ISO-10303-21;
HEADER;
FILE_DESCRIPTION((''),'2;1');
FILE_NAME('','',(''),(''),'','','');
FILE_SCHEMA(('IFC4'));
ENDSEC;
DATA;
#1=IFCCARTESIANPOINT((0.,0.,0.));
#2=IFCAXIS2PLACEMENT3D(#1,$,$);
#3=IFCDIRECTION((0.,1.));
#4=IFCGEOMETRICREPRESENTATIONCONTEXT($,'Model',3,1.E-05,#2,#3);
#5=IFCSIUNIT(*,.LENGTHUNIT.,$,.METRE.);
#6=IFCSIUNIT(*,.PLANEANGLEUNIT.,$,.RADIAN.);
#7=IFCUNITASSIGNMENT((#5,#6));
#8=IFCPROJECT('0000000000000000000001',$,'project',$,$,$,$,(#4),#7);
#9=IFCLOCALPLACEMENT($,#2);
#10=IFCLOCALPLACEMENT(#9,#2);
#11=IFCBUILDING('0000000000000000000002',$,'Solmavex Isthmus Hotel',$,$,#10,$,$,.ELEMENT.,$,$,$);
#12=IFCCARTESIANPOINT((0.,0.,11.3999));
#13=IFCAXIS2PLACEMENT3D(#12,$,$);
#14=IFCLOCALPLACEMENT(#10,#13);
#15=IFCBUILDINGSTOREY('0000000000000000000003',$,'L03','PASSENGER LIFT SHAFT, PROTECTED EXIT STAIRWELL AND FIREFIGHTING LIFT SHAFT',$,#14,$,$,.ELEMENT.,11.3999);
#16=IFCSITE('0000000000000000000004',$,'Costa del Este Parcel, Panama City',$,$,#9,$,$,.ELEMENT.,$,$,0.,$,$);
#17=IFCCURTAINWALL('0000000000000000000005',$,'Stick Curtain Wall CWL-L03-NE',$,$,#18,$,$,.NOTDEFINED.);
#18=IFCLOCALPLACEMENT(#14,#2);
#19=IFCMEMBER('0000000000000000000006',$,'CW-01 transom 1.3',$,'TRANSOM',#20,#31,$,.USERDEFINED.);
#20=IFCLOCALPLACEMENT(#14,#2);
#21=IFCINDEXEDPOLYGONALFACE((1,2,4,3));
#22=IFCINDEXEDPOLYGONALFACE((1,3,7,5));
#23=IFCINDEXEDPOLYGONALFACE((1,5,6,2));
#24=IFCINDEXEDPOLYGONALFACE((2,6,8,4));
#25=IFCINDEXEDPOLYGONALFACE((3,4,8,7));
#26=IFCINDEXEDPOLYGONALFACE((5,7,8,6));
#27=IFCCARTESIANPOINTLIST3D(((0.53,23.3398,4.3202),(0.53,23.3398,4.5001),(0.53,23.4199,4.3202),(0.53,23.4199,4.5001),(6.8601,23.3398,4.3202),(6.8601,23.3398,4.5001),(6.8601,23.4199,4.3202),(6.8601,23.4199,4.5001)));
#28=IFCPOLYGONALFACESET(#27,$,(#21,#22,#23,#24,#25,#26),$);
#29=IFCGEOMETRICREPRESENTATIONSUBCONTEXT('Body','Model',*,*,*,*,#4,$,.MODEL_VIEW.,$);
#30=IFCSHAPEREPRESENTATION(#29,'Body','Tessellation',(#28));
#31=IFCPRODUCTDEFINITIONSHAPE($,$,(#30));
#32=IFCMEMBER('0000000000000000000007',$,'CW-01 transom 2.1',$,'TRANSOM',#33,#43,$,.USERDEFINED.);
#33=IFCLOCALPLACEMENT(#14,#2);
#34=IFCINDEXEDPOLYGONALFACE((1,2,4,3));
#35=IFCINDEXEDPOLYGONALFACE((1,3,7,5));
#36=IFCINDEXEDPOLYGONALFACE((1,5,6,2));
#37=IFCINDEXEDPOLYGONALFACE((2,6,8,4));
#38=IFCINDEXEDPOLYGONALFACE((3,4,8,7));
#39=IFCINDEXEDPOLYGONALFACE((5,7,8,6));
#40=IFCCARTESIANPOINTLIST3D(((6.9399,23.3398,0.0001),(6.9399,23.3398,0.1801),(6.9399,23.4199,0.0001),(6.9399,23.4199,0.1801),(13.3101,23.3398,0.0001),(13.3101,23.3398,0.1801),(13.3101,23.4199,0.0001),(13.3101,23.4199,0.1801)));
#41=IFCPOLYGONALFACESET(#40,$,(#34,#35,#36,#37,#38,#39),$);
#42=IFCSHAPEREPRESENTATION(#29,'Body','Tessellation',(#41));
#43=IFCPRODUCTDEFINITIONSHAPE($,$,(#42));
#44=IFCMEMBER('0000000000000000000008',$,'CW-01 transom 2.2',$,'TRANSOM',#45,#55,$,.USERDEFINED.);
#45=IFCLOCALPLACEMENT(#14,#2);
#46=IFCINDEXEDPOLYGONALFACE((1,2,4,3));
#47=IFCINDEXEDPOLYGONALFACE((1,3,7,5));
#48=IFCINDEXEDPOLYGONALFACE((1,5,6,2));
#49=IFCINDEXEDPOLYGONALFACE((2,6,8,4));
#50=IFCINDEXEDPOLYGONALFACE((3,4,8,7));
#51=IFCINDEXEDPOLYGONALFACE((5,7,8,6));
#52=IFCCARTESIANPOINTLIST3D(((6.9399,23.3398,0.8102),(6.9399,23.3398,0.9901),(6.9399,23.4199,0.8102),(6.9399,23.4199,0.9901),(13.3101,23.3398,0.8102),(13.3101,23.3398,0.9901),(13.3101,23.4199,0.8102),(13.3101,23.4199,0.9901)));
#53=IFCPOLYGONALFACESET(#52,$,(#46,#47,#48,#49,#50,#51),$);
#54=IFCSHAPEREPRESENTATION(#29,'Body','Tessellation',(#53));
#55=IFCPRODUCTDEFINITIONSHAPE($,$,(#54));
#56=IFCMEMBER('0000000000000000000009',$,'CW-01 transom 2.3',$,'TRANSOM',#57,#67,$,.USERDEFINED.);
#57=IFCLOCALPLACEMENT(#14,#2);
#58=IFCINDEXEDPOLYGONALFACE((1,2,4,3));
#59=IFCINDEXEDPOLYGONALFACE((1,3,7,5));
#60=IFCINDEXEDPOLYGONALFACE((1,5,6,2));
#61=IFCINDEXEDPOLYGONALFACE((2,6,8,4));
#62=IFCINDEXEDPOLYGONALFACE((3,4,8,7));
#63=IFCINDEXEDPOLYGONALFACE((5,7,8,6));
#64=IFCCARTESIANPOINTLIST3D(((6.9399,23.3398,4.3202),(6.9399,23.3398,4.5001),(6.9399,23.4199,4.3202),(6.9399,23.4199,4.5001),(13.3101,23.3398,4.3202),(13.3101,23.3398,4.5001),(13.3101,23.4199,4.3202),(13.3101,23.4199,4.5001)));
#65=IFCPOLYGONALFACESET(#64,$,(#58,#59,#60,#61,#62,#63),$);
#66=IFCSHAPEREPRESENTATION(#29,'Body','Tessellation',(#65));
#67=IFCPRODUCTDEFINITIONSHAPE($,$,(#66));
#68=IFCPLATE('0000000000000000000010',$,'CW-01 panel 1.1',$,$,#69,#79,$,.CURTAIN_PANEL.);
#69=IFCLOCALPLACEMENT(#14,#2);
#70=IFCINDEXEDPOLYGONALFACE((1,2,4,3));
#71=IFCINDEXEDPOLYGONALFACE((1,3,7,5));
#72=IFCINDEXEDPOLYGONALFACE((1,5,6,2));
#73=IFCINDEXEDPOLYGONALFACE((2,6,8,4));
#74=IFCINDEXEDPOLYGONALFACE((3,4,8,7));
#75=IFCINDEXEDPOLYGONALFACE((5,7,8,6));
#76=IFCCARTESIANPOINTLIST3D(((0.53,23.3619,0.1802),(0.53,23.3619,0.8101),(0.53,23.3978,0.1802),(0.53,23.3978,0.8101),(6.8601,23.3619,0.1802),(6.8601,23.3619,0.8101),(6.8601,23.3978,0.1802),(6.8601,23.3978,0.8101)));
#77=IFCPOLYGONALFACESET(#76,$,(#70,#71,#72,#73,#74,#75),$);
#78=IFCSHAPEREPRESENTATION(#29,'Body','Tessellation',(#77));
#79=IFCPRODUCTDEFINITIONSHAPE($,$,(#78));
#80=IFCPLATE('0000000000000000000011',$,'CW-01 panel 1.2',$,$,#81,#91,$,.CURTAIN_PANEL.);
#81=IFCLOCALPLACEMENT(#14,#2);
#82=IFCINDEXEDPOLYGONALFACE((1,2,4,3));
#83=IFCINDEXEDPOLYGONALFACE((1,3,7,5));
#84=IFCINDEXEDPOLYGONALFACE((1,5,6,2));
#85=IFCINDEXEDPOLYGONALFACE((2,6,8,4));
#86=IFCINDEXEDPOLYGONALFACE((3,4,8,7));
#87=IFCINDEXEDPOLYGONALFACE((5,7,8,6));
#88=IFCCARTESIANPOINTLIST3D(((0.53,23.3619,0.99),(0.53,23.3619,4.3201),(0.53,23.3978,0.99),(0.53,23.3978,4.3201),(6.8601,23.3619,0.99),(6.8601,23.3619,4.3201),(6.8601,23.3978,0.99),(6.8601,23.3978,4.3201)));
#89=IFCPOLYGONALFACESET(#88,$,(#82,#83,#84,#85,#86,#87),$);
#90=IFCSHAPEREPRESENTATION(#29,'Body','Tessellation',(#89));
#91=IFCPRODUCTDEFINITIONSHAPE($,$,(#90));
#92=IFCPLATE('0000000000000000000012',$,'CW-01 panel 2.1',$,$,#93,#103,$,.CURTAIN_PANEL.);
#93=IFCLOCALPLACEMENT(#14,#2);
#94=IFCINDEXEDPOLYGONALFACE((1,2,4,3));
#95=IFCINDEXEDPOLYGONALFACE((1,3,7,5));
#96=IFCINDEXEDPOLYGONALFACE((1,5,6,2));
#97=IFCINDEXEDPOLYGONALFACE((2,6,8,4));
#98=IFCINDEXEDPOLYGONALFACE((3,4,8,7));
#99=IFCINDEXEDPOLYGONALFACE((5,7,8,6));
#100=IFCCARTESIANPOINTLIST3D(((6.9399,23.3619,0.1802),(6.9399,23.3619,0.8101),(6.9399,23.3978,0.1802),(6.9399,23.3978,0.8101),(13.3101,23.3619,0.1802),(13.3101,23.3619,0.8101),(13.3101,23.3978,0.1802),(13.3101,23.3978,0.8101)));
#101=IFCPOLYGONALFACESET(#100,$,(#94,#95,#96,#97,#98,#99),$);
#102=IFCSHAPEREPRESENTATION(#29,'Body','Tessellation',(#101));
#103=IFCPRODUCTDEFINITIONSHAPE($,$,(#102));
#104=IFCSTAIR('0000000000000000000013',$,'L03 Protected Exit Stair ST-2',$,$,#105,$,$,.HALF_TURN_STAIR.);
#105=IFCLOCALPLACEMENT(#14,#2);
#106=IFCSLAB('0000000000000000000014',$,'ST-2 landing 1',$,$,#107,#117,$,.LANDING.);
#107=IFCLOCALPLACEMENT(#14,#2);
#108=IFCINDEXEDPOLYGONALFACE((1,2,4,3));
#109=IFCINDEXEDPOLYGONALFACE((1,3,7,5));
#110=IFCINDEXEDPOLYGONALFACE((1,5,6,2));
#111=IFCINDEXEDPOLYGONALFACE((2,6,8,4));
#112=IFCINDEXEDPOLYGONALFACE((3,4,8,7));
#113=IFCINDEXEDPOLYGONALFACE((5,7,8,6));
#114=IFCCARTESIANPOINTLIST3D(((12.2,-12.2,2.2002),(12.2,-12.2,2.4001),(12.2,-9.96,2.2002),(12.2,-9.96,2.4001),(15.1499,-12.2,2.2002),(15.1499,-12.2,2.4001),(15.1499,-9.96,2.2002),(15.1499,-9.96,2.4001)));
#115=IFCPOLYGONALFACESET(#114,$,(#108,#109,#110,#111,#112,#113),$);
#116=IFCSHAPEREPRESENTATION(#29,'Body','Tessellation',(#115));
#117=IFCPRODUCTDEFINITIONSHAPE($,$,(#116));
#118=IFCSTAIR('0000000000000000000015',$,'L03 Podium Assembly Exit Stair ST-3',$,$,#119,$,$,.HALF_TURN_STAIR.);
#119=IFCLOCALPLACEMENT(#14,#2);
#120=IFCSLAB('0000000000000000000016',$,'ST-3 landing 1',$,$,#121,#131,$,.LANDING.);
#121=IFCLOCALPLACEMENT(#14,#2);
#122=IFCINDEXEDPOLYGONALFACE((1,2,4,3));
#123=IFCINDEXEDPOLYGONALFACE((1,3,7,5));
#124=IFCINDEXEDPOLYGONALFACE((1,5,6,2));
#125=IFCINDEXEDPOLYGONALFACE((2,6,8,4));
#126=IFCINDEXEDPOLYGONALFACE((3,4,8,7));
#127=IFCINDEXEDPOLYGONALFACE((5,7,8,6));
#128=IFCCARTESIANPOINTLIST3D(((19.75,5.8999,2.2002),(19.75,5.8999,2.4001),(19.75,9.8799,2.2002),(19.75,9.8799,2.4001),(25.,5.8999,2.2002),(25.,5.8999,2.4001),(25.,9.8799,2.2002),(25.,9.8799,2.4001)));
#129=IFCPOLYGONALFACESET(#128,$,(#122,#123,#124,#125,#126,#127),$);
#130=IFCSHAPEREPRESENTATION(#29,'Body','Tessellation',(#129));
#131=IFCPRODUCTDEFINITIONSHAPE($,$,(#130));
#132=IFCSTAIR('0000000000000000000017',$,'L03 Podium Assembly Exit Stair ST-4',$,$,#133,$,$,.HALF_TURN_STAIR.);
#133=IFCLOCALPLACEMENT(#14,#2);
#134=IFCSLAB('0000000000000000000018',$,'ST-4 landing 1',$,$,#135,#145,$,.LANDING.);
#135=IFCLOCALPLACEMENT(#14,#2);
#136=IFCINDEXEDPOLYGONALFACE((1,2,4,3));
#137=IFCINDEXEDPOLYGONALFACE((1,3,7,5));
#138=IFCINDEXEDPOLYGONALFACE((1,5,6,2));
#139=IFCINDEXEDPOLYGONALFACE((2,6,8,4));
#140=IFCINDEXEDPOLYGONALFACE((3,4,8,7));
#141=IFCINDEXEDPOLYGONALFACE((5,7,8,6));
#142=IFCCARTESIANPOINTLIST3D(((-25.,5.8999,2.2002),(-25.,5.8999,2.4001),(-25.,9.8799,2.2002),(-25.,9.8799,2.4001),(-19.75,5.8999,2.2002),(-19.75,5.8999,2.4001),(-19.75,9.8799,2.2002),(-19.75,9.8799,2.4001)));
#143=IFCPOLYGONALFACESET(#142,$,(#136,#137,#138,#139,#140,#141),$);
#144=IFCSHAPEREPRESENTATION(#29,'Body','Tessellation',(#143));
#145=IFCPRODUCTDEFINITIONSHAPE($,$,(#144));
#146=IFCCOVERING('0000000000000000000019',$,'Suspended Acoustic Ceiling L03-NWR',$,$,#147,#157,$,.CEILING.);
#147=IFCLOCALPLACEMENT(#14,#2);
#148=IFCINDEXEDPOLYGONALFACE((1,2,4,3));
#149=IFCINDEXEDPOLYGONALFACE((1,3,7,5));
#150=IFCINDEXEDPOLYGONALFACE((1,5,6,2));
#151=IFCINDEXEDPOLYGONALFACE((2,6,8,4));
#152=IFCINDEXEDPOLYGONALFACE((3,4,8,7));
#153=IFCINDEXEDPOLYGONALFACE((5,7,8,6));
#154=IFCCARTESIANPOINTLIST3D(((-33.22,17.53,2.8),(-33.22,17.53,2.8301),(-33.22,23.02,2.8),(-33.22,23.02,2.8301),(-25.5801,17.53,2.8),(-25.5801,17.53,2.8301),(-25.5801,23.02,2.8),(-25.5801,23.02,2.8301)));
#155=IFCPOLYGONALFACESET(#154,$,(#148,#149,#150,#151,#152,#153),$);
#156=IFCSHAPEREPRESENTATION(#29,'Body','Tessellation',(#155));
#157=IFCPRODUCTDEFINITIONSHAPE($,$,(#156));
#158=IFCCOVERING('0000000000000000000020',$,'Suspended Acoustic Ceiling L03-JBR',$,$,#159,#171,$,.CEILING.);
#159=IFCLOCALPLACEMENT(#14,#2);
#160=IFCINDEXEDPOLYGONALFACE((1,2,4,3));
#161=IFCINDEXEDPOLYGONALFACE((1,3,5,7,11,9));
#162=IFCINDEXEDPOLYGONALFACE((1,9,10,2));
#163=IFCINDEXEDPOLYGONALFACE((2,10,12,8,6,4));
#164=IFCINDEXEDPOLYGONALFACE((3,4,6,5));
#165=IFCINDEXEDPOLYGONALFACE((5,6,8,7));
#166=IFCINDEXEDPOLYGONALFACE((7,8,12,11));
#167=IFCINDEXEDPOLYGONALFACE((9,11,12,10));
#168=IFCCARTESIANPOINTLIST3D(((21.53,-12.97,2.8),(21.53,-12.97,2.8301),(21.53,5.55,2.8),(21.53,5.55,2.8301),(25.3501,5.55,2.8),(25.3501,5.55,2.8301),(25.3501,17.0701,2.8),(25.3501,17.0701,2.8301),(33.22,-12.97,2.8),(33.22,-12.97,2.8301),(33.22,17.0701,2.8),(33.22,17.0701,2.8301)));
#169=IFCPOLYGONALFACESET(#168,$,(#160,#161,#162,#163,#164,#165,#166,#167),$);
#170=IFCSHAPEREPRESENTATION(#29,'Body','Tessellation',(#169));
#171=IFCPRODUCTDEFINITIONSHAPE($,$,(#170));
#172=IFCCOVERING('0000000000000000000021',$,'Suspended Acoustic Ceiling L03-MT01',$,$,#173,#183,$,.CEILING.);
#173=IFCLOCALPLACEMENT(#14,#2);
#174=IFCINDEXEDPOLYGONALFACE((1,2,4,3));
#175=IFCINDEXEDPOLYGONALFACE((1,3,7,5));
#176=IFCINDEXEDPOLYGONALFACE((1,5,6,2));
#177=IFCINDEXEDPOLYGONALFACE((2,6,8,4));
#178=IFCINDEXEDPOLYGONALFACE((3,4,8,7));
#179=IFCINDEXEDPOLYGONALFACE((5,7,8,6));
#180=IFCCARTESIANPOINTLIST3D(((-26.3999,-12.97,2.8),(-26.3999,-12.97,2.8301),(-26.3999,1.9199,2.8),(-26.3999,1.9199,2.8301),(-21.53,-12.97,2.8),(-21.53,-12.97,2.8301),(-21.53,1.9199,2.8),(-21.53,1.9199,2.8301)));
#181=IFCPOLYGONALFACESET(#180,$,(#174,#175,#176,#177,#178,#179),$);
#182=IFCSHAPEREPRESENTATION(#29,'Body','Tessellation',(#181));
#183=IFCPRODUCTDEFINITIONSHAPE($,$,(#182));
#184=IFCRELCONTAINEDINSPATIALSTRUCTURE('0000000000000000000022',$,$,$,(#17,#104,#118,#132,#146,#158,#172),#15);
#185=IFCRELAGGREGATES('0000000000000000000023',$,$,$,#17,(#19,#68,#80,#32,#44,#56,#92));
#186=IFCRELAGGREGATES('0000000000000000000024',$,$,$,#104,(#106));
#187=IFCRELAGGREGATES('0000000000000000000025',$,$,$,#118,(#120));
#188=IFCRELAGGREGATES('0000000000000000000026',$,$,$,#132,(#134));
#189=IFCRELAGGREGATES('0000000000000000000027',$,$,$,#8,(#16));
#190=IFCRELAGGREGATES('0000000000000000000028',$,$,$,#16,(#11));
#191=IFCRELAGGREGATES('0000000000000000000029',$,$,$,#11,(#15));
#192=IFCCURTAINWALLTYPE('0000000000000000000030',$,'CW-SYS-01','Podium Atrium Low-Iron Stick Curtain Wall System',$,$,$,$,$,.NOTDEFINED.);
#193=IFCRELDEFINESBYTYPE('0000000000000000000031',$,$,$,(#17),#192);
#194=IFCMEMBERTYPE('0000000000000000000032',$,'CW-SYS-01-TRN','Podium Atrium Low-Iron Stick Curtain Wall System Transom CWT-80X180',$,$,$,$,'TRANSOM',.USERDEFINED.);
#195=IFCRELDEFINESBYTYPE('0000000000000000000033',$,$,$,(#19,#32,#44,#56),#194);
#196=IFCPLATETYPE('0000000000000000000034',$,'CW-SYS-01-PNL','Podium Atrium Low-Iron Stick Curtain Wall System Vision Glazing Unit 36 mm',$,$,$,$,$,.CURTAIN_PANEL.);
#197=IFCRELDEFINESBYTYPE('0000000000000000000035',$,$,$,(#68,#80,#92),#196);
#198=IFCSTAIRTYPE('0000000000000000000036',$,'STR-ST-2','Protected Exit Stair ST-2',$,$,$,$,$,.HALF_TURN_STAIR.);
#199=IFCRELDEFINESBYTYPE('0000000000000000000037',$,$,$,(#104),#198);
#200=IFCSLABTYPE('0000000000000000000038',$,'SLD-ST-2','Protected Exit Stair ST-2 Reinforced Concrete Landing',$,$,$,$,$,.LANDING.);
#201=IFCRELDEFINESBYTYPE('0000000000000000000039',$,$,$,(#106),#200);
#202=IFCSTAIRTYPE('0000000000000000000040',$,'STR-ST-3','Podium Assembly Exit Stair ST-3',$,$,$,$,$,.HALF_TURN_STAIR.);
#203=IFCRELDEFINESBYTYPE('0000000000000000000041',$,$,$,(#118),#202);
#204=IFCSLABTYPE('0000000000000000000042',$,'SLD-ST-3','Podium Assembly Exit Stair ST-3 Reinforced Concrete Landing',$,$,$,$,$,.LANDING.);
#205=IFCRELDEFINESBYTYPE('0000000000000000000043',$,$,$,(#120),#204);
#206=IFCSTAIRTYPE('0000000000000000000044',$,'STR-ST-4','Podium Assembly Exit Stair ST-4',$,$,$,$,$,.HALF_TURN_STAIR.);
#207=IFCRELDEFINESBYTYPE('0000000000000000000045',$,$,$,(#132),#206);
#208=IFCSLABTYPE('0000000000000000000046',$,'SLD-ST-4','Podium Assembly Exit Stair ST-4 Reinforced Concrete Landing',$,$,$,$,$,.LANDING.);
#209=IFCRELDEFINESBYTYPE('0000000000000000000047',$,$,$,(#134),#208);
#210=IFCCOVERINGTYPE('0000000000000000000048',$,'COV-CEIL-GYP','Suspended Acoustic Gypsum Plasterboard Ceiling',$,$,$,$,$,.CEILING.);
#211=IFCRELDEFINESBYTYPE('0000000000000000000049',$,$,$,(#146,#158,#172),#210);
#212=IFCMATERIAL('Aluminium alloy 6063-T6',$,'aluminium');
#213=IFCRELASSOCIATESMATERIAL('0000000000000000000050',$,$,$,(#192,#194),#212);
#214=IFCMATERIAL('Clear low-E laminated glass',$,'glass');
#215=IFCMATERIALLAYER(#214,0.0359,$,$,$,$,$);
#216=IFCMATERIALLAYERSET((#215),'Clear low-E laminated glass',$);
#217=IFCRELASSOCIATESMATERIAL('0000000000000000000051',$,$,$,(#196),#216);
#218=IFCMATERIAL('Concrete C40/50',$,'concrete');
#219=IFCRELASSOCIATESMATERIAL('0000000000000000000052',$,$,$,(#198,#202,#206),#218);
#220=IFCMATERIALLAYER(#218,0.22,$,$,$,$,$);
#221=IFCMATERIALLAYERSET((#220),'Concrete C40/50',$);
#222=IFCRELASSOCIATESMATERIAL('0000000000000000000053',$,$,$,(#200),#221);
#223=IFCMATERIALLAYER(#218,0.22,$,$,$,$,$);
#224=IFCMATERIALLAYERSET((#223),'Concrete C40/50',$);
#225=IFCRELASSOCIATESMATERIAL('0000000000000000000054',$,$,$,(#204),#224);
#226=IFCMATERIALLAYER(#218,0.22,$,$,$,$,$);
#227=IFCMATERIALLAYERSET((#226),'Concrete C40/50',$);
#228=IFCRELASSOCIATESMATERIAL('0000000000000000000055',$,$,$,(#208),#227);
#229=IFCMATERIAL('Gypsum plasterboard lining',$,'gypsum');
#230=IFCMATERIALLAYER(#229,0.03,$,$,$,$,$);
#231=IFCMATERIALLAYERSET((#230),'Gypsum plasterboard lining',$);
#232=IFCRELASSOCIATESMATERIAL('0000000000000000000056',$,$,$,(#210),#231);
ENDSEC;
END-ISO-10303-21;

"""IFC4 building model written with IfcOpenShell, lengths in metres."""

from ifc_helpers import new_model, si_unit, direction, frame, origin, origin_2d, place, context, subcontext, project, spatial, polyline, rectangle, outline, extrude, material, layer, layer_set, material_profile, profile_set, type_object, element, aggregate, save


model = new_model("IFC4")

# Units and contexts
model_context = context("Model", 3, precision=1e-05, world=origin(), true_north=direction((0.0, 1.0)))
body_context = subcontext(model_context, "Body", "Model", "MODEL_VIEW")
ifc_project = project(units=[si_unit("LENGTHUNIT", "METRE"), si_unit("PLANEANGLEUNIT", "RADIAN")], contexts=[model_context])

# Site, building, storey
site_placement = place(None, origin())
site = spatial("IfcSite", under=ifc_project, at=site_placement, Name="Costa del Este Parcel, Panama City", CompositionType="ELEMENT", RefElevation=0.0)
building_placement = place(site_placement, origin())
building = spatial("IfcBuilding", under=site, at=building_placement, Name="Solmavex Isthmus Hotel", CompositionType="ELEMENT")
storey_placement = place(building_placement, frame((0.0, 0.0, 11.3999)))
storey = spatial("IfcBuildingStorey", under=building, at=storey_placement, Name="L03", Description="PASSENGER LIFT SHAFT, PROTECTED EXIT STAIRWELL AND FIREFIGHTING LIFT SHAFT", CompositionType="ELEMENT", Elevation=11.3999)

# Curtain wall, members, plates
ifc_material_1 = material(Name="Aluminium alloy 6063-T6", Category="aluminium")
curtain_wall_type = type_object("IfcCurtainWallType", Name="CW-SYS-01", Description="Podium Atrium Low-Iron Stick Curtain Wall System", PredefinedType="NOTDEFINED", material=ifc_material_1)
curtain_wall_placement = place(storey_placement, origin())
curtain_wall = element("IfcCurtainWall", 1, at=curtain_wall_placement, inside=storey, type_object=curtain_wall_type, Name="Stick Curtain Wall CWL-L03-NE", PredefinedType="NOTDEFINED")
ifc_material_profile_1 = material_profile(ifc_material_1, rectangle(XDim=0.0801, YDim=0.1799, at=origin_2d()), Name="CWT-80X180")
ifc_profile_set_1 = profile_set([ifc_material_profile_1], Name="Aluminium alloy 6063-T6")
member_type_1 = type_object("IfcMemberType", Name="CW-SYS-01-TRN", Description="Podium Atrium Low-Iron Stick Curtain Wall System Transom CWT-80X180", ElementType="TRANSOM", PredefinedType="USERDEFINED", material=ifc_profile_set_1)
member_1_placement = place(storey_placement, frame((0.53, 23.3799, 4.4102), z_axis=(1.0, 0.0, 0.0), x_axis=(0.0, 1.0, 0.0)))
member_1 = element("IfcMember", 2, at=member_1_placement, type_object=member_type_1, Name="CW-01 transom 1.3", ObjectType="TRANSOM", PredefinedType="USERDEFINED", context=body_context, shape_type="SweptSolid", body=[
    extrude(rectangle(XDim=0.0801, YDim=0.1799, at=origin_2d()), origin(), (0.0, 0.0, 1.0), 6.3301),
])
member_2_placement = place(storey_placement, frame((6.9399, 23.3799, 0.0901), z_axis=(1.0, 0.0, 0.0), x_axis=(0.0, 1.0, 0.0)))
member_2 = element("IfcMember", 3, at=member_2_placement, type_object=member_type_1, Name="CW-01 transom 2.1", ObjectType="TRANSOM", PredefinedType="USERDEFINED", context=body_context, shape_type="SweptSolid", body=[
    extrude(rectangle(XDim=0.0801, YDim=0.1799, at=origin_2d()), origin(), (0.0, 0.0, 1.0), 6.3701),
])
member_3_placement = place(storey_placement, frame((6.9399, 23.3799, 0.9001), z_axis=(1.0, 0.0, 0.0), x_axis=(0.0, 1.0, 0.0)))
member_3 = element("IfcMember", 4, at=member_3_placement, type_object=member_type_1, Name="CW-01 transom 2.2", ObjectType="TRANSOM", PredefinedType="USERDEFINED", context=body_context, shape_type="SweptSolid", body=[
    extrude(rectangle(XDim=0.0801, YDim=0.1799, at=origin_2d()), origin(), (0.0, 0.0, 1.0), 6.3701),
])
member_4_placement = place(storey_placement, frame((6.9399, 23.3799, 4.4102), z_axis=(1.0, 0.0, 0.0), x_axis=(0.0, 1.0, 0.0)))
member_4 = element("IfcMember", 5, at=member_4_placement, type_object=member_type_1, Name="CW-01 transom 2.3", ObjectType="TRANSOM", PredefinedType="USERDEFINED", context=body_context, shape_type="SweptSolid", body=[
    extrude(rectangle(XDim=0.0801, YDim=0.1799, at=origin_2d()), origin(), (0.0, 0.0, 1.0), 6.3701),
])
ifc_material_2 = material(Name="Clear low-E laminated glass", Category="glass")
ifc_layer_1 = layer(ifc_material_2, 0.0359)
ifc_layer_set_1 = layer_set([ifc_layer_1], Name="Clear low-E laminated glass")
plate_type = type_object("IfcPlateType", Name="CW-SYS-01-PNL", Description="Podium Atrium Low-Iron Stick Curtain Wall System Vision Glazing Unit 36 mm", PredefinedType="CURTAIN_PANEL", material=ifc_layer_set_1)
plate_1_placement = place(storey_placement, frame((3.6951, 23.3799, 0.1802), z_axis=(0.0, 0.0, 1.0), x_axis=(1.0, 0.0, 0.0)))
plate_1 = element("IfcPlate", 6, at=plate_1_placement, type_object=plate_type, Name="CW-01 panel 1.1", PredefinedType="CURTAIN_PANEL", context=body_context, shape_type="SweptSolid", body=[
    extrude(rectangle(XDim=6.3301, YDim=0.0359, at=origin_2d()), origin(), (0.0, 0.0, 1.0), 0.6299),
])
plate_2_placement = place(storey_placement, frame((3.6951, 23.3799, 0.99), z_axis=(0.0, 0.0, 1.0), x_axis=(1.0, 0.0, 0.0)))
plate_2 = element("IfcPlate", 7, at=plate_2_placement, type_object=plate_type, Name="CW-01 panel 1.2", PredefinedType="CURTAIN_PANEL", context=body_context, shape_type="SweptSolid", body=[
    extrude(rectangle(XDim=6.3301, YDim=0.0359, at=origin_2d()), origin(), (0.0, 0.0, 1.0), 3.3301),
])
plate_3_placement = place(storey_placement, frame((10.125, 23.3799, 0.1802), z_axis=(0.0, 0.0, 1.0), x_axis=(1.0, 0.0, 0.0)))
plate_3 = element("IfcPlate", 8, at=plate_3_placement, type_object=plate_type, Name="CW-01 panel 2.1", PredefinedType="CURTAIN_PANEL", context=body_context, shape_type="SweptSolid", body=[
    extrude(rectangle(XDim=6.3701, YDim=0.0359, at=origin_2d()), origin(), (0.0, 0.0, 1.0), 0.6299),
])
aggregate(curtain_wall, [member_1, plate_1, plate_2, member_2, member_3, member_4, plate_3])

# Stairs, slabs
ifc_material_3 = material(Name="Concrete C40/50", Category="concrete")
stair_type_1 = type_object("IfcStairType", Name="STR-ST-2", Description="Protected Exit Stair ST-2", PredefinedType="HALF_TURN_STAIR", material=ifc_material_3)
stair_1_placement = place(storey_placement, origin())
stair_1 = element("IfcStair", 9, at=stair_1_placement, inside=storey, type_object=stair_type_1, Name="L03 Protected Exit Stair ST-2", PredefinedType="HALF_TURN_STAIR")
ifc_layer_2 = layer(ifc_material_3, 0.22)
ifc_layer_set_2 = layer_set([ifc_layer_2], Name="Concrete C40/50")
slab_type_1 = type_object("IfcSlabType", Name="SLD-ST-2", Description="Protected Exit Stair ST-2 Reinforced Concrete Landing", PredefinedType="LANDING", material=ifc_layer_set_2)
slab_1_placement = place(storey_placement, frame((0.0, 0.0, 2.2002)))
slab_1 = element("IfcSlab", 10, at=slab_1_placement, type_object=slab_type_1, Name="ST-2 landing 1", PredefinedType="LANDING", context=body_context, shape_type="SweptSolid", body=[
    extrude(outline(polyline([(12.2, -9.96), (12.2, -12.2), (15.1499, -12.2), (15.1499, -9.96), (12.2, -9.96)])), origin(), (0.0, 0.0, 1.0), 0.2),
])
aggregate(stair_1, [slab_1])
stair_type_2 = type_object("IfcStairType", Name="STR-ST-3", Description="Podium Assembly Exit Stair ST-3", PredefinedType="HALF_TURN_STAIR", material=ifc_material_3)
stair_2_placement = place(storey_placement, origin())
stair_2 = element("IfcStair", 11, at=stair_2_placement, inside=storey, type_object=stair_type_2, Name="L03 Podium Assembly Exit Stair ST-3", PredefinedType="HALF_TURN_STAIR")
ifc_layer_3 = layer(ifc_material_3, 0.22)
ifc_layer_set_3 = layer_set([ifc_layer_3], Name="Concrete C40/50")
slab_type_2 = type_object("IfcSlabType", Name="SLD-ST-3", Description="Podium Assembly Exit Stair ST-3 Reinforced Concrete Landing", PredefinedType="LANDING", material=ifc_layer_set_3)
slab_2_placement = place(storey_placement, frame((0.0, 0.0, 2.2002)))
slab_2 = element("IfcSlab", 12, at=slab_2_placement, type_object=slab_type_2, Name="ST-3 landing 1", PredefinedType="LANDING", context=body_context, shape_type="SweptSolid", body=[
    extrude(outline(polyline([(19.75, 9.8799), (19.75, 5.8999), (25.0, 5.8999), (25.0, 9.8799), (19.75, 9.8799)])), origin(), (0.0, 0.0, 1.0), 0.2),
])
aggregate(stair_2, [slab_2])
stair_type_3 = type_object("IfcStairType", Name="STR-ST-4", Description="Podium Assembly Exit Stair ST-4", PredefinedType="HALF_TURN_STAIR", material=ifc_material_3)
stair_3_placement = place(storey_placement, origin())
stair_3 = element("IfcStair", 13, at=stair_3_placement, inside=storey, type_object=stair_type_3, Name="L03 Podium Assembly Exit Stair ST-4", PredefinedType="HALF_TURN_STAIR")
ifc_layer_4 = layer(ifc_material_3, 0.22)
ifc_layer_set_4 = layer_set([ifc_layer_4], Name="Concrete C40/50")
slab_type_3 = type_object("IfcSlabType", Name="SLD-ST-4", Description="Podium Assembly Exit Stair ST-4 Reinforced Concrete Landing", PredefinedType="LANDING", material=ifc_layer_set_4)
slab_3_placement = place(storey_placement, frame((0.0, 0.0, 2.2002)))
slab_3 = element("IfcSlab", 14, at=slab_3_placement, type_object=slab_type_3, Name="ST-4 landing 1", PredefinedType="LANDING", context=body_context, shape_type="SweptSolid", body=[
    extrude(outline(polyline([(-25.0, 9.8799), (-25.0, 5.8999), (-19.75, 5.8999), (-19.75, 9.8799), (-25.0, 9.8799)])), origin(), (0.0, 0.0, 1.0), 0.2),
])
aggregate(stair_3, [slab_3])

# Coverings
ifc_material_4 = material(Name="Gypsum plasterboard lining", Category="gypsum")
ifc_layer_5 = layer(ifc_material_4, 0.03)
ifc_layer_set_5 = layer_set([ifc_layer_5], Name="Gypsum plasterboard lining")
covering_type_1 = type_object("IfcCoveringType", Name="COV-CEIL-GYP", Description="Suspended Acoustic Gypsum Plasterboard Ceiling", PredefinedType="CEILING", material=ifc_layer_set_5)
covering_1_placement = place(storey_placement, frame((0.0, 0.0, 2.8)))
element("IfcCovering", 15, at=covering_1_placement, inside=storey, type_object=covering_type_1, Name="Suspended Acoustic Ceiling L03-NWR", PredefinedType="CEILING", context=body_context, shape_type="SweptSolid", body=[
    extrude(outline(polyline([(-25.5801, 17.53), (-25.5801, 23.02), (-33.22, 23.02), (-33.22, 17.53), (-25.5801, 17.53)])), origin(), (0.0, 0.0, 1.0), 0.03),
])
covering_2_placement = place(storey_placement, frame((0.0, 0.0, 2.8)))
element("IfcCovering", 16, at=covering_2_placement, inside=storey, type_object=covering_type_1, Name="Suspended Acoustic Ceiling L03-JBR", PredefinedType="CEILING", context=body_context, shape_type="SweptSolid", body=[
    extrude(outline(polyline([(25.3501, 17.0701), (25.3501, 5.55), (21.53, 5.55), (21.53, -12.97), (33.22, -12.97), (33.22, 17.0701), (25.3501, 17.0701)])), origin(), (0.0, 0.0, 1.0), 0.03),
])
covering_3_placement = place(storey_placement, frame((0.0, 0.0, 2.8)))
element("IfcCovering", 17, at=covering_3_placement, inside=storey, type_object=covering_type_1, Name="Suspended Acoustic Ceiling L03-MT01", PredefinedType="CEILING", context=body_context, shape_type="SweptSolid", body=[
    extrude(outline(polyline([(-21.53, -12.97), (-21.53, 1.9199), (-26.3999, 1.9199), (-26.3999, -12.97), (-21.53, -12.97)])), origin(), (0.0, 0.0, 1.0), 0.03),
])

save(model, "model.ifc")
